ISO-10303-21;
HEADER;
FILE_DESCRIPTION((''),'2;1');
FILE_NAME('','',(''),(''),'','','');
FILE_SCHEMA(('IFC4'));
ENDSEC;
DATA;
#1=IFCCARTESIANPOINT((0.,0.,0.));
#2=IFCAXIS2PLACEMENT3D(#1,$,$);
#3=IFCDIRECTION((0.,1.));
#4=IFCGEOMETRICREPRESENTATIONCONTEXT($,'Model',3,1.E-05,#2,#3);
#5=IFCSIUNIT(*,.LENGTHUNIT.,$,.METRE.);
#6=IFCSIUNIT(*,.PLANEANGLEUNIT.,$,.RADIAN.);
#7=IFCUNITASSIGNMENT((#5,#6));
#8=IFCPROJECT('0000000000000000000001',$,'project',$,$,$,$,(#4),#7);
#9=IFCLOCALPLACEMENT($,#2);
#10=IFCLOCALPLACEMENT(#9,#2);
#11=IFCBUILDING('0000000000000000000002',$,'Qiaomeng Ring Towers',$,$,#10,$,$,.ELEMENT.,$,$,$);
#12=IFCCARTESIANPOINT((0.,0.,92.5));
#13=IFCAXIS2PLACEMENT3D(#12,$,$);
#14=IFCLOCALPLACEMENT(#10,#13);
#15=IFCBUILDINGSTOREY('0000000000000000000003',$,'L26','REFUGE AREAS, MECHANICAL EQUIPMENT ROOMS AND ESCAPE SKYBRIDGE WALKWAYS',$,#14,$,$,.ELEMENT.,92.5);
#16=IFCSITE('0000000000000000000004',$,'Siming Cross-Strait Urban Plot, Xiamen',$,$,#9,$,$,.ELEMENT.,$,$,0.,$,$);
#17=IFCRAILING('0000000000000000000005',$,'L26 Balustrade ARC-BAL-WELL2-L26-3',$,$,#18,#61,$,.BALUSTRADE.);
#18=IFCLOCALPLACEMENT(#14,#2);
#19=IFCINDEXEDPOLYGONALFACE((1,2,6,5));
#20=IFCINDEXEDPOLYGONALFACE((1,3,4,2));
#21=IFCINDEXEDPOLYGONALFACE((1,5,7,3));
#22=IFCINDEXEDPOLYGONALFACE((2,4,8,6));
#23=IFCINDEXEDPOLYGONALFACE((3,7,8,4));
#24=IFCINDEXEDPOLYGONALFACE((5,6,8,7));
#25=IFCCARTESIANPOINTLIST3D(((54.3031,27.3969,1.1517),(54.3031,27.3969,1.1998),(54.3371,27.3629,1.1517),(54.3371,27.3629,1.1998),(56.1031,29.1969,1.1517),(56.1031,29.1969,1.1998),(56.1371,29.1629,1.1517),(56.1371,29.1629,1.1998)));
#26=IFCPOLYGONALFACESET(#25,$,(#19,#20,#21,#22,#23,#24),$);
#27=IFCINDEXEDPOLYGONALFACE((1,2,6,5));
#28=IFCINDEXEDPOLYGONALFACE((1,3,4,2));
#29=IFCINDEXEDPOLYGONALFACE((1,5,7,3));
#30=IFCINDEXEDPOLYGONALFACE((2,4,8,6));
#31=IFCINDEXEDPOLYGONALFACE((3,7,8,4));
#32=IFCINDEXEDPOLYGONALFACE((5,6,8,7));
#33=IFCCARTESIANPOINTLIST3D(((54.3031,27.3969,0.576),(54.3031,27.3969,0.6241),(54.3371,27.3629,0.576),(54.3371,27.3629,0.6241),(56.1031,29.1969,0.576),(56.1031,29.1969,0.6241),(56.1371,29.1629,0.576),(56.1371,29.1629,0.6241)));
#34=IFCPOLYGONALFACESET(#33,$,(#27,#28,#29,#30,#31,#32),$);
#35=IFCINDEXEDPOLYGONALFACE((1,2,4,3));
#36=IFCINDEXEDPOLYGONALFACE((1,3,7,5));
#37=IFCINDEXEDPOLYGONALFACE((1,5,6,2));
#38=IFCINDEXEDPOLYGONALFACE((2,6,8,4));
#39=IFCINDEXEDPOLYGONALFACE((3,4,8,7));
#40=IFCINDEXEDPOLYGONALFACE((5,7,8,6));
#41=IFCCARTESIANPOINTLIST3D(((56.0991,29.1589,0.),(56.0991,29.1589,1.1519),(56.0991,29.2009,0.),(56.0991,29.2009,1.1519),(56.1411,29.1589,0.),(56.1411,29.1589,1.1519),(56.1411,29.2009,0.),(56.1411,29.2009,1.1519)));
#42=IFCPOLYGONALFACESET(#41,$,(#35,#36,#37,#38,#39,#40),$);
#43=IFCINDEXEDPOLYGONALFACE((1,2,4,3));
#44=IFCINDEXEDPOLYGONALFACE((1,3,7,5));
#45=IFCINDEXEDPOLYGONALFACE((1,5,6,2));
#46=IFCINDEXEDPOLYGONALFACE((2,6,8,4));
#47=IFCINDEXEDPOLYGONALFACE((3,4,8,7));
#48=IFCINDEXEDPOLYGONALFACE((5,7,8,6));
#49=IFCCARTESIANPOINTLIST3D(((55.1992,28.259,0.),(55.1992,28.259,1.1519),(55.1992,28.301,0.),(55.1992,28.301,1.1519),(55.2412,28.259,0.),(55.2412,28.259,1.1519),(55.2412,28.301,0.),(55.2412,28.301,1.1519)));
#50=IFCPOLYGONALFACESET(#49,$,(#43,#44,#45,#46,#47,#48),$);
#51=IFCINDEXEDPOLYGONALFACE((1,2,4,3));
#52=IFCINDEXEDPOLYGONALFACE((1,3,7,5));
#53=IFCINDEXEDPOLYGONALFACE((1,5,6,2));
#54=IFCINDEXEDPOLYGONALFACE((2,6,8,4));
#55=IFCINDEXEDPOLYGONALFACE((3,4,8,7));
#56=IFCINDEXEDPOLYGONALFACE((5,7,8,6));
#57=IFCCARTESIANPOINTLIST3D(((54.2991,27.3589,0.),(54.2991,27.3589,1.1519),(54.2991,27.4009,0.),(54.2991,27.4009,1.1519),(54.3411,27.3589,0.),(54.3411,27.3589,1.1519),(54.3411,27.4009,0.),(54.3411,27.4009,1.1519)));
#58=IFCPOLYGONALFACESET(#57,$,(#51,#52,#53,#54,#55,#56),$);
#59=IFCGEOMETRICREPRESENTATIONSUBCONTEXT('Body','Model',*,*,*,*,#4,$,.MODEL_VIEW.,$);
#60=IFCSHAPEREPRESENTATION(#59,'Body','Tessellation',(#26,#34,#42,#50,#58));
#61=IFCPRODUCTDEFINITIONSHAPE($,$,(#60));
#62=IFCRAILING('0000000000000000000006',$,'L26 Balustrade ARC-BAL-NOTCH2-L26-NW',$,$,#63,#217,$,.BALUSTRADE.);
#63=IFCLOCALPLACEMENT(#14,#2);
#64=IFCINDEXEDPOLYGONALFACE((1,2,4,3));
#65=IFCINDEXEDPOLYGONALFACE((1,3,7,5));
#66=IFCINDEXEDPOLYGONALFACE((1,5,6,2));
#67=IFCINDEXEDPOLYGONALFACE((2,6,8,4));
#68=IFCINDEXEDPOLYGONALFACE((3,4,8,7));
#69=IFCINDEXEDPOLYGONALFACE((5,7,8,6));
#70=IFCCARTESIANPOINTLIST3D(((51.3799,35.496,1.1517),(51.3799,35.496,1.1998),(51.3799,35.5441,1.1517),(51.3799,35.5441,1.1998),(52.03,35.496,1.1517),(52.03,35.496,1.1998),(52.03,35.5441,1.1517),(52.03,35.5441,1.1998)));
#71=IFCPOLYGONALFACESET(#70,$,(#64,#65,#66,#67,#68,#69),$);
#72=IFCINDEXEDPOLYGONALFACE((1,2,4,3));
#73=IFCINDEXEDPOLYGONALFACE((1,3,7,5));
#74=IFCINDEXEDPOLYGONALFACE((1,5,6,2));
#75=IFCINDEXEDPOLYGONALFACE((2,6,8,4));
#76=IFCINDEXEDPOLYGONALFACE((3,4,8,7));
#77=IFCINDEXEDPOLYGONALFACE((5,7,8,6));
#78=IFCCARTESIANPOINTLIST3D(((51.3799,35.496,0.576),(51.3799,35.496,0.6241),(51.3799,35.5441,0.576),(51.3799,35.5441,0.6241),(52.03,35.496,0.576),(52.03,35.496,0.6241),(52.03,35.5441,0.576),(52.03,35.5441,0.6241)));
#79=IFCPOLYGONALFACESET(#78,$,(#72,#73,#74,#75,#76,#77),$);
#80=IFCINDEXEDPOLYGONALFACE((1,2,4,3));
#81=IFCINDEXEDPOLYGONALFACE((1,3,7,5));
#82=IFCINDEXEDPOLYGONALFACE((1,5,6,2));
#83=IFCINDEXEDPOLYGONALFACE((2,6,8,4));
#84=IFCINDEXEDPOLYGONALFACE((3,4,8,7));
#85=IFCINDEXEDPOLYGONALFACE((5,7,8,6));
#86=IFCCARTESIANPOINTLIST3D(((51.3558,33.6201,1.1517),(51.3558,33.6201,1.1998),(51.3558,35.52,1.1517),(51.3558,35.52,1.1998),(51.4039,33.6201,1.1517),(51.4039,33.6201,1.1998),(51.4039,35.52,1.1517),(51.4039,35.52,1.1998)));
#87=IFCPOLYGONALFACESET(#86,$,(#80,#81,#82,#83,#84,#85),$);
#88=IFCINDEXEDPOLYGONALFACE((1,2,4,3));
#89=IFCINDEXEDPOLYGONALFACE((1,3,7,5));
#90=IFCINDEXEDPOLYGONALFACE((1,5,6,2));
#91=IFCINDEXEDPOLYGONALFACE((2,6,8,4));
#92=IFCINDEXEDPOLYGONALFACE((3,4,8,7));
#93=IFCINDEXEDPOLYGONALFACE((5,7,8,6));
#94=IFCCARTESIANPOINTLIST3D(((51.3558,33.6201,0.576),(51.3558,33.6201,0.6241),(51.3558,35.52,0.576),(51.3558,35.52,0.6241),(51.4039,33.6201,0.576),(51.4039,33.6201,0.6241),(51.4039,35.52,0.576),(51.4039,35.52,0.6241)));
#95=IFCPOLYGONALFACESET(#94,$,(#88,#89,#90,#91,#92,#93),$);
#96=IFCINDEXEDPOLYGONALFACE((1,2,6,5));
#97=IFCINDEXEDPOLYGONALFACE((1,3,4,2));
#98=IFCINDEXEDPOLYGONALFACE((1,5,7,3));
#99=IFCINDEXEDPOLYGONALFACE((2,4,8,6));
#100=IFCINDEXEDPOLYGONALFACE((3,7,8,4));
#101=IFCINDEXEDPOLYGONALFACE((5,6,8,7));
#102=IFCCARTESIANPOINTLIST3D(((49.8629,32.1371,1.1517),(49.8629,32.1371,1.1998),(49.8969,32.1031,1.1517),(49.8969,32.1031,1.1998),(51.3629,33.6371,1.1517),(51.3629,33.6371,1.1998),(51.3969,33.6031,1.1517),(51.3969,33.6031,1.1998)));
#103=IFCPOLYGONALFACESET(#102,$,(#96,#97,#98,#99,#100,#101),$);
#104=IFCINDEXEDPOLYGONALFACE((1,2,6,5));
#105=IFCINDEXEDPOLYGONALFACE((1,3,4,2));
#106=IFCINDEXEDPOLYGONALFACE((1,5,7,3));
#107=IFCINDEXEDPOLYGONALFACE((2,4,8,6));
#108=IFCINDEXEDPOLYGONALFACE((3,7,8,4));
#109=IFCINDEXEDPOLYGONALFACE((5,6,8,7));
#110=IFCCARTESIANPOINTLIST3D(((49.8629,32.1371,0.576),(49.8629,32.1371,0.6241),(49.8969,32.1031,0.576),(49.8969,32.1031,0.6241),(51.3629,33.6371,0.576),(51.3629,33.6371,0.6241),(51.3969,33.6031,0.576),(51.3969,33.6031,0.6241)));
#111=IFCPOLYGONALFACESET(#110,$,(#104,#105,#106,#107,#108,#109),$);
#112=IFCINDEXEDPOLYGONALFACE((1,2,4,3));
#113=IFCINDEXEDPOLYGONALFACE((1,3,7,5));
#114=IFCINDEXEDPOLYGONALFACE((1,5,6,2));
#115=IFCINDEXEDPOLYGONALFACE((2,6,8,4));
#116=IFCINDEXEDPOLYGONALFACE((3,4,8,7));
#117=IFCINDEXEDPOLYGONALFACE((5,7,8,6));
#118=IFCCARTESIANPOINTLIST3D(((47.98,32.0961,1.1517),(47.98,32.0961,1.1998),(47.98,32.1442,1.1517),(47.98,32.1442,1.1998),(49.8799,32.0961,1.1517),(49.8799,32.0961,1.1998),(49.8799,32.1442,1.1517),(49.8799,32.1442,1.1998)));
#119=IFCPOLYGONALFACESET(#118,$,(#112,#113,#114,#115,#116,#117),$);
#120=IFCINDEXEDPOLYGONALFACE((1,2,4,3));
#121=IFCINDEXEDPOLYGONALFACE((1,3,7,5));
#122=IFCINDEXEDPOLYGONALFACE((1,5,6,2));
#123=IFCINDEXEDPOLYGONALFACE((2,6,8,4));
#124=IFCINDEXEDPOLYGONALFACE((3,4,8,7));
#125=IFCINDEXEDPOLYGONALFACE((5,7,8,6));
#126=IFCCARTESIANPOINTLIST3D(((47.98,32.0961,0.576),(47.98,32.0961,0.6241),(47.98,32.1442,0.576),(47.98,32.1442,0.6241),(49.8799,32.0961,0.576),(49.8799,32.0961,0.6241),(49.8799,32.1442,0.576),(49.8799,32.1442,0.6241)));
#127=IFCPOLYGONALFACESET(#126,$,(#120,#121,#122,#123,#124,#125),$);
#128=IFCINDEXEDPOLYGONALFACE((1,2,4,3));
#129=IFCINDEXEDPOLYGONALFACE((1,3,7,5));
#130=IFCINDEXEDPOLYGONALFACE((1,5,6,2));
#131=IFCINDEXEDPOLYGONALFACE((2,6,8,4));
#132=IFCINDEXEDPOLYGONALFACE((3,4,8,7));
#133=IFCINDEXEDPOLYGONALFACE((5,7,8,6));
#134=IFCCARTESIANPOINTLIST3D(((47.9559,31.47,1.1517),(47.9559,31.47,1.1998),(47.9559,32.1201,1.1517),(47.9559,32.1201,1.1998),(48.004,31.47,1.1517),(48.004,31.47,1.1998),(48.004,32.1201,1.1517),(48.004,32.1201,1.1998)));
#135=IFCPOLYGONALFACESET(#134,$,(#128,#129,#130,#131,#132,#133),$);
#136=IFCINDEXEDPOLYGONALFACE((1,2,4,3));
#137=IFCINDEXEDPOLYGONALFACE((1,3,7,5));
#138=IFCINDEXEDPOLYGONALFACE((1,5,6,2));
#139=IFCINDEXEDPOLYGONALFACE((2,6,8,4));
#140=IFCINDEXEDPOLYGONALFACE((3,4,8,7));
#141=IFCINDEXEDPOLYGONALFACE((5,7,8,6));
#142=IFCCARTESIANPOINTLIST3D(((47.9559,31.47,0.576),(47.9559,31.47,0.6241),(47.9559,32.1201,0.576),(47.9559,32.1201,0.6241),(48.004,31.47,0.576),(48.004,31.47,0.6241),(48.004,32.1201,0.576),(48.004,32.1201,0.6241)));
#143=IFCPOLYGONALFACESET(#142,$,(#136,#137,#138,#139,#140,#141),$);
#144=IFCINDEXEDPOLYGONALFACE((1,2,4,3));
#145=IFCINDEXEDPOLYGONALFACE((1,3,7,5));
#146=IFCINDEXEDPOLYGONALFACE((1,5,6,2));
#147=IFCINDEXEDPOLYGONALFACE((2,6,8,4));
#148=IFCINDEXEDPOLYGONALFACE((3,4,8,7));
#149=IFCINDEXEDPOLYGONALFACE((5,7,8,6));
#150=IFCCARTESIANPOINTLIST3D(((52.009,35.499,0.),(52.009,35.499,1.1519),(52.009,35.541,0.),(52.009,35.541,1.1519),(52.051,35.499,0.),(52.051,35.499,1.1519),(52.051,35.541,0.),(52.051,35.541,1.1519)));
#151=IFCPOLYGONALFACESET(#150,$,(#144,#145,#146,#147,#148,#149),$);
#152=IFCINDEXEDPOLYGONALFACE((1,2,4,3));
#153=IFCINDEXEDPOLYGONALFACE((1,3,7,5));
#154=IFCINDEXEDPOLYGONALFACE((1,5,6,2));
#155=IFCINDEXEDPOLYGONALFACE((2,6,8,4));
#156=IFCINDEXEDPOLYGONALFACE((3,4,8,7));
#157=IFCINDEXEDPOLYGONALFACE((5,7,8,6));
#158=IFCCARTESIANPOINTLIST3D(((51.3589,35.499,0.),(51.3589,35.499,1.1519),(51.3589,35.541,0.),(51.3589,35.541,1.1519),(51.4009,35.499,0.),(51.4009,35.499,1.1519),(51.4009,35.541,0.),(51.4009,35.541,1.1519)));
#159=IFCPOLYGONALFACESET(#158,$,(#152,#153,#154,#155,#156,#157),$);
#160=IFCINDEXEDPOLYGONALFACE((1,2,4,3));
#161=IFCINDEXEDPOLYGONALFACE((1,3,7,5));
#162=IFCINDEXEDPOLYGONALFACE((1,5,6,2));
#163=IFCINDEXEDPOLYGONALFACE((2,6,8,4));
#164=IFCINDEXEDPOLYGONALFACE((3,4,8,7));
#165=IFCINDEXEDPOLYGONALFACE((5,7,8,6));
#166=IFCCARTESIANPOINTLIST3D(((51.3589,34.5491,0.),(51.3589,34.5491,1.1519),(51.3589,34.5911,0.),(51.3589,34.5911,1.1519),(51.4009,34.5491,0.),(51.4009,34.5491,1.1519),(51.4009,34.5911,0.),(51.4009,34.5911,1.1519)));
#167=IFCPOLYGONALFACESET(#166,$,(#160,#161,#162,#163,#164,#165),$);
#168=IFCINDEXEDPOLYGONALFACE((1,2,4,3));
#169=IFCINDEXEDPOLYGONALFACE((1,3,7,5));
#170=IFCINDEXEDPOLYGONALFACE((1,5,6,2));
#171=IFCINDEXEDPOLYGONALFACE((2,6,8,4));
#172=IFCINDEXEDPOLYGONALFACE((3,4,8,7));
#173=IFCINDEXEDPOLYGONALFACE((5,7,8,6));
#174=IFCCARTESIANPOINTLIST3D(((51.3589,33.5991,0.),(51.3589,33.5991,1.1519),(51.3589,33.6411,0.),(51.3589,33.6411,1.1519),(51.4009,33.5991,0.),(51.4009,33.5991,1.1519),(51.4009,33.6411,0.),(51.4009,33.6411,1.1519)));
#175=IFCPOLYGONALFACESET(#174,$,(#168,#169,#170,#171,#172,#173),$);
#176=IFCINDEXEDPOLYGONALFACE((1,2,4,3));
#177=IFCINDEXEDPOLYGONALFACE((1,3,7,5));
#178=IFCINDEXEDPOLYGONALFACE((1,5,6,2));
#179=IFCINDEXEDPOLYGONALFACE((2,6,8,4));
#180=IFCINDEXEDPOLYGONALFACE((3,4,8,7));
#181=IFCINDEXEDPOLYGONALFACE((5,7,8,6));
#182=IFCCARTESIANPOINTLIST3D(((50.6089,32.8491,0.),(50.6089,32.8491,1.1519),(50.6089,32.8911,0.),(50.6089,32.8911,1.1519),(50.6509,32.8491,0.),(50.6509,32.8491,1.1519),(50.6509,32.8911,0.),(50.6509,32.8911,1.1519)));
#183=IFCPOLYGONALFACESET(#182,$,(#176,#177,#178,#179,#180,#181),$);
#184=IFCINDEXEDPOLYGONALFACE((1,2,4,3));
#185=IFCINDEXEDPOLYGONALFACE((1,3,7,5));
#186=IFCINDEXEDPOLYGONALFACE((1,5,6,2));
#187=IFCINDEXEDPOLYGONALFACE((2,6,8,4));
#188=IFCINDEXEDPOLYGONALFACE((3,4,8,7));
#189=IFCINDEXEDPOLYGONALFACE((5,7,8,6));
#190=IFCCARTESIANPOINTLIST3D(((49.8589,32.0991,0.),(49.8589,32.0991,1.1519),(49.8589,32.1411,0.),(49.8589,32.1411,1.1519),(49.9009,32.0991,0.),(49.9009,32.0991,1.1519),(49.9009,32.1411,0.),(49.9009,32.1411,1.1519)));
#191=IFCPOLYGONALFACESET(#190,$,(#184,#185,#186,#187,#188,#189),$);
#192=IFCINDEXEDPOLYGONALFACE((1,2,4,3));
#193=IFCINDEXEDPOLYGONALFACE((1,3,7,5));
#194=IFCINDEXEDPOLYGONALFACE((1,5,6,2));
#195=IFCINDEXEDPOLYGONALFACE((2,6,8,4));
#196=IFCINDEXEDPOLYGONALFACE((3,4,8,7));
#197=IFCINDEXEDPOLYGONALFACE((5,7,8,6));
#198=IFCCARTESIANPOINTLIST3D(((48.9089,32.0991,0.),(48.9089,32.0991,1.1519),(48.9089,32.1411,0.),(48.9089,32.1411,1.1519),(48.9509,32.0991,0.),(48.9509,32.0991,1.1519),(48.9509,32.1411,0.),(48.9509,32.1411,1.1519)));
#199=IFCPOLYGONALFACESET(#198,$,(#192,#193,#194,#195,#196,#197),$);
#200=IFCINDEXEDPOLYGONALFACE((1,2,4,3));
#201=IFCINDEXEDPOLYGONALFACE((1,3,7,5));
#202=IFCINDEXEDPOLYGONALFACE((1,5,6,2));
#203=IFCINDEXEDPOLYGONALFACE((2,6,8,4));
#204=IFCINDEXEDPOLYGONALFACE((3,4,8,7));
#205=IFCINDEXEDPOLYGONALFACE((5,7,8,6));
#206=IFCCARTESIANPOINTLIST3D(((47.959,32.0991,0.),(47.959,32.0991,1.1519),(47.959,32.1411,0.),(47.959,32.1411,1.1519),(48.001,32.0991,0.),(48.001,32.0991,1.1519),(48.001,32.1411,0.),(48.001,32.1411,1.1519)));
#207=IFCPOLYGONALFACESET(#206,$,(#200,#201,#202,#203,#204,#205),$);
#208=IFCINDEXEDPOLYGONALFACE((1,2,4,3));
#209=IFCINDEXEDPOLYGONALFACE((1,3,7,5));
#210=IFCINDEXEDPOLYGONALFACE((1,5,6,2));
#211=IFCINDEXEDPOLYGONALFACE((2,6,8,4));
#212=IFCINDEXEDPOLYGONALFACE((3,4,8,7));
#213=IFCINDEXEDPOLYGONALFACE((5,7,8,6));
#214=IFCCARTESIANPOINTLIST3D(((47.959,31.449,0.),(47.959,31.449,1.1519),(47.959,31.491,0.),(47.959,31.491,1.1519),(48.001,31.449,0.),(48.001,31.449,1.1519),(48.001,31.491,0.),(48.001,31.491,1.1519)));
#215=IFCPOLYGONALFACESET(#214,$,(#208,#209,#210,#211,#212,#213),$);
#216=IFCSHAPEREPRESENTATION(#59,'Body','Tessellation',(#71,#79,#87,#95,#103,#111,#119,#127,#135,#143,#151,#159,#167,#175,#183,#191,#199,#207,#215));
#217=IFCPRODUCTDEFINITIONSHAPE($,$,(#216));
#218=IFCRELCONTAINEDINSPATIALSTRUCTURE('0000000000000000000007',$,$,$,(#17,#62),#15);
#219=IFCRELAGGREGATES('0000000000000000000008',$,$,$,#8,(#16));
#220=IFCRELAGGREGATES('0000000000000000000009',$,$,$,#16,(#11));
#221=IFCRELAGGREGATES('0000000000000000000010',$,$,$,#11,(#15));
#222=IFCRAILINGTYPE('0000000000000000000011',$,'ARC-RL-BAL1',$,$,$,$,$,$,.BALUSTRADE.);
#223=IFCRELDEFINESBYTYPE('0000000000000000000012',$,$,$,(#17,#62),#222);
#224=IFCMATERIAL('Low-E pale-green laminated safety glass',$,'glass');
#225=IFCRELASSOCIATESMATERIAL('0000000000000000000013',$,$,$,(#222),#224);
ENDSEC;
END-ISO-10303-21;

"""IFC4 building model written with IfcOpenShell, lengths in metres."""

from ifc_helpers import new_model, si_unit, direction, frame, origin, origin_2d, place, context, subcontext, project, spatial, rectangle, extrude, material, type_object, element, save


model = new_model("IFC4")

# Units and contexts
model_context = context("Model", 3, precision=1e-05, world=origin(), true_north=direction((0.0, 1.0)))
body_context = subcontext(model_context, "Body", "Model", "MODEL_VIEW")
ifc_project = project(units=[si_unit("LENGTHUNIT", "METRE"), si_unit("PLANEANGLEUNIT", "RADIAN")], contexts=[model_context])

# Site, building, storey
site_placement = place(None, origin())
site = spatial("IfcSite", under=ifc_project, at=site_placement, Name="Siming Cross-Strait Urban Plot, Xiamen", CompositionType="ELEMENT", RefElevation=0.0)
building_placement = place(site_placement, origin())
building = spatial("IfcBuilding", under=site, at=building_placement, Name="Qiaomeng Ring Towers", CompositionType="ELEMENT")
storey_placement = place(building_placement, frame((0.0, 0.0, 92.5)))
storey = spatial("IfcBuildingStorey", under=building, at=storey_placement, Name="L26", Description="REFUGE AREAS, MECHANICAL EQUIPMENT ROOMS AND ESCAPE SKYBRIDGE WALKWAYS", CompositionType="ELEMENT", Elevation=92.5)

# Railings
ifc_material_1 = material(Name="Low-E pale-green laminated safety glass", Category="glass")
railing_type_1 = type_object("IfcRailingType", Name="ARC-RL-BAL1", PredefinedType="BALUSTRADE", material=ifc_material_1)
railing_1_placement = place(storey_placement, frame((56.1201, 29.1799, 0.0)))
element("IfcRailing", 1, at=railing_1_placement, inside=storey, type_object=railing_type_1, Name="L26 Balustrade ARC-BAL-WELL2-L26-3", PredefinedType="BALUSTRADE", context=body_context, shape_type="SweptSolid", body=[
    extrude(rectangle(XDim=0.0481, YDim=0.0481, at=origin_2d()), frame((0.0, 0.0, 1.1758), z_axis=(-0.707107, -0.707107, 0.0), x_axis=(0.707107, -0.707107, 0.0)), (0.0, 0.0, 1.0), 2.5457),
    extrude(rectangle(XDim=0.0481, YDim=0.0481, at=origin_2d()), frame((0.0, 0.0, 0.6001), z_axis=(-0.707107, -0.707107, 0.0), x_axis=(0.707107, -0.707107, 0.0)), (0.0, 0.0, 1.0), 2.5457),
    extrude(rectangle(XDim=0.042, YDim=0.042, at=origin_2d()), origin(), (0.0, 0.0, 1.0), 1.1519),
    extrude(rectangle(XDim=0.042, YDim=0.042, at=origin_2d()), frame((-0.8999, -0.8999, 0.0)), (0.0, 0.0, 1.0), 1.1519),
    extrude(rectangle(XDim=0.042, YDim=0.042, at=origin_2d()), frame((-1.8, -1.8, 0.0)), (0.0, 0.0, 1.0), 1.1519),
])
railing_2_placement = place(storey_placement, frame((52.03, 35.52, 0.0)))
element("IfcRailing", 2, at=railing_2_placement, inside=storey, type_object=railing_type_1, Name="L26 Balustrade ARC-BAL-NOTCH2-L26-NW", PredefinedType="BALUSTRADE", context=body_context, shape_type="SweptSolid", body=[
    extrude(rectangle(XDim=0.0481, YDim=0.0481, at=origin_2d()), frame((0.0, 0.0, 1.1758), z_axis=(-1.0, 0.0, 0.0), x_axis=(0.0, -1.0, 0.0)), (0.0, 0.0, 1.0), 0.6501),
    extrude(rectangle(XDim=0.0481, YDim=0.0481, at=origin_2d()), frame((0.0, 0.0, 0.6001), z_axis=(-1.0, 0.0, 0.0), x_axis=(0.0, -1.0, 0.0)), (0.0, 0.0, 1.0), 0.6501),
    extrude(rectangle(XDim=0.0481, YDim=0.0481, at=origin_2d()), frame((-0.6501, 0.0, 1.1758), z_axis=(0.0, -1.0, 0.0), x_axis=(1.0, 0.0, 0.0)), (0.0, 0.0, 1.0), 1.8999),
    extrude(rectangle(XDim=0.0481, YDim=0.0481, at=origin_2d()), frame((-0.6501, 0.0, 0.6001), z_axis=(0.0, -1.0, 0.0), x_axis=(1.0, 0.0, 0.0)), (0.0, 0.0, 1.0), 1.8999),
    extrude(rectangle(XDim=0.0481, YDim=0.0481, at=origin_2d()), frame((-0.6501, -1.8999, 1.1758), z_axis=(-0.707107, -0.707107, 0.0), x_axis=(0.707107, -0.707107, 0.0)), (0.0, 0.0, 1.0), 2.1213),
    extrude(rectangle(XDim=0.0481, YDim=0.0481, at=origin_2d()), frame((-0.6501, -1.8999, 0.6001), z_axis=(-0.707107, -0.707107, 0.0), x_axis=(0.707107, -0.707107, 0.0)), (0.0, 0.0, 1.0), 2.1213),
    extrude(rectangle(XDim=0.0481, YDim=0.0481, at=origin_2d()), frame((-2.1501, -3.3999, 1.1758), z_axis=(-1.0, 0.0, 0.0), x_axis=(0.0, -1.0, 0.0)), (0.0, 0.0, 1.0), 1.8999),
    extrude(rectangle(XDim=0.0481, YDim=0.0481, at=origin_2d()), frame((-2.1501, -3.3999, 0.6001), z_axis=(-1.0, 0.0, 0.0), x_axis=(0.0, -1.0, 0.0)), (0.0, 0.0, 1.0), 1.8999),
    extrude(rectangle(XDim=0.0481, YDim=0.0481, at=origin_2d()), frame((-4.05, -3.3999, 1.1758), z_axis=(0.0, -1.0, 0.0), x_axis=(1.0, 0.0, 0.0)), (0.0, 0.0, 1.0), 0.6501),
    extrude(rectangle(XDim=0.0481, YDim=0.0481, at=origin_2d()), frame((-4.05, -3.3999, 0.6001), z_axis=(0.0, -1.0, 0.0), x_axis=(1.0, 0.0, 0.0)), (0.0, 0.0, 1.0), 0.6501),
    extrude(rectangle(XDim=0.042, YDim=0.042, at=origin_2d()), origin(), (0.0, 0.0, 1.0), 1.1519),
    extrude(rectangle(XDim=0.042, YDim=0.042, at=origin_2d()), frame((-0.6501, 0.0, 0.0)), (0.0, 0.0, 1.0), 1.1519),
    extrude(rectangle(XDim=0.042, YDim=0.042, at=origin_2d()), frame((-0.6501, -0.95, 0.0)), (0.0, 0.0, 1.0), 1.1519),
    extrude(rectangle(XDim=0.042, YDim=0.042, at=origin_2d()), frame((-0.6501, -1.8999, 0.0)), (0.0, 0.0, 1.0), 1.1519),
    extrude(rectangle(XDim=0.042, YDim=0.042, at=origin_2d()), frame((-1.4001, -2.6499, 0.0)), (0.0, 0.0, 1.0), 1.1519),
    extrude(rectangle(XDim=0.042, YDim=0.042, at=origin_2d()), frame((-2.1501, -3.3999, 0.0)), (0.0, 0.0, 1.0), 1.1519),
    extrude(rectangle(XDim=0.042, YDim=0.042, at=origin_2d()), frame((-3.1001, -3.3999, 0.0)), (0.0, 0.0, 1.0), 1.1519),
    extrude(rectangle(XDim=0.042, YDim=0.042, at=origin_2d()), frame((-4.05, -3.3999, 0.0)), (0.0, 0.0, 1.0), 1.1519),
    extrude(rectangle(XDim=0.042, YDim=0.042, at=origin_2d()), frame((-4.05, -4.05, 0.0)), (0.0, 0.0, 1.0), 1.1519),
])

save(model, "model.ifc")
